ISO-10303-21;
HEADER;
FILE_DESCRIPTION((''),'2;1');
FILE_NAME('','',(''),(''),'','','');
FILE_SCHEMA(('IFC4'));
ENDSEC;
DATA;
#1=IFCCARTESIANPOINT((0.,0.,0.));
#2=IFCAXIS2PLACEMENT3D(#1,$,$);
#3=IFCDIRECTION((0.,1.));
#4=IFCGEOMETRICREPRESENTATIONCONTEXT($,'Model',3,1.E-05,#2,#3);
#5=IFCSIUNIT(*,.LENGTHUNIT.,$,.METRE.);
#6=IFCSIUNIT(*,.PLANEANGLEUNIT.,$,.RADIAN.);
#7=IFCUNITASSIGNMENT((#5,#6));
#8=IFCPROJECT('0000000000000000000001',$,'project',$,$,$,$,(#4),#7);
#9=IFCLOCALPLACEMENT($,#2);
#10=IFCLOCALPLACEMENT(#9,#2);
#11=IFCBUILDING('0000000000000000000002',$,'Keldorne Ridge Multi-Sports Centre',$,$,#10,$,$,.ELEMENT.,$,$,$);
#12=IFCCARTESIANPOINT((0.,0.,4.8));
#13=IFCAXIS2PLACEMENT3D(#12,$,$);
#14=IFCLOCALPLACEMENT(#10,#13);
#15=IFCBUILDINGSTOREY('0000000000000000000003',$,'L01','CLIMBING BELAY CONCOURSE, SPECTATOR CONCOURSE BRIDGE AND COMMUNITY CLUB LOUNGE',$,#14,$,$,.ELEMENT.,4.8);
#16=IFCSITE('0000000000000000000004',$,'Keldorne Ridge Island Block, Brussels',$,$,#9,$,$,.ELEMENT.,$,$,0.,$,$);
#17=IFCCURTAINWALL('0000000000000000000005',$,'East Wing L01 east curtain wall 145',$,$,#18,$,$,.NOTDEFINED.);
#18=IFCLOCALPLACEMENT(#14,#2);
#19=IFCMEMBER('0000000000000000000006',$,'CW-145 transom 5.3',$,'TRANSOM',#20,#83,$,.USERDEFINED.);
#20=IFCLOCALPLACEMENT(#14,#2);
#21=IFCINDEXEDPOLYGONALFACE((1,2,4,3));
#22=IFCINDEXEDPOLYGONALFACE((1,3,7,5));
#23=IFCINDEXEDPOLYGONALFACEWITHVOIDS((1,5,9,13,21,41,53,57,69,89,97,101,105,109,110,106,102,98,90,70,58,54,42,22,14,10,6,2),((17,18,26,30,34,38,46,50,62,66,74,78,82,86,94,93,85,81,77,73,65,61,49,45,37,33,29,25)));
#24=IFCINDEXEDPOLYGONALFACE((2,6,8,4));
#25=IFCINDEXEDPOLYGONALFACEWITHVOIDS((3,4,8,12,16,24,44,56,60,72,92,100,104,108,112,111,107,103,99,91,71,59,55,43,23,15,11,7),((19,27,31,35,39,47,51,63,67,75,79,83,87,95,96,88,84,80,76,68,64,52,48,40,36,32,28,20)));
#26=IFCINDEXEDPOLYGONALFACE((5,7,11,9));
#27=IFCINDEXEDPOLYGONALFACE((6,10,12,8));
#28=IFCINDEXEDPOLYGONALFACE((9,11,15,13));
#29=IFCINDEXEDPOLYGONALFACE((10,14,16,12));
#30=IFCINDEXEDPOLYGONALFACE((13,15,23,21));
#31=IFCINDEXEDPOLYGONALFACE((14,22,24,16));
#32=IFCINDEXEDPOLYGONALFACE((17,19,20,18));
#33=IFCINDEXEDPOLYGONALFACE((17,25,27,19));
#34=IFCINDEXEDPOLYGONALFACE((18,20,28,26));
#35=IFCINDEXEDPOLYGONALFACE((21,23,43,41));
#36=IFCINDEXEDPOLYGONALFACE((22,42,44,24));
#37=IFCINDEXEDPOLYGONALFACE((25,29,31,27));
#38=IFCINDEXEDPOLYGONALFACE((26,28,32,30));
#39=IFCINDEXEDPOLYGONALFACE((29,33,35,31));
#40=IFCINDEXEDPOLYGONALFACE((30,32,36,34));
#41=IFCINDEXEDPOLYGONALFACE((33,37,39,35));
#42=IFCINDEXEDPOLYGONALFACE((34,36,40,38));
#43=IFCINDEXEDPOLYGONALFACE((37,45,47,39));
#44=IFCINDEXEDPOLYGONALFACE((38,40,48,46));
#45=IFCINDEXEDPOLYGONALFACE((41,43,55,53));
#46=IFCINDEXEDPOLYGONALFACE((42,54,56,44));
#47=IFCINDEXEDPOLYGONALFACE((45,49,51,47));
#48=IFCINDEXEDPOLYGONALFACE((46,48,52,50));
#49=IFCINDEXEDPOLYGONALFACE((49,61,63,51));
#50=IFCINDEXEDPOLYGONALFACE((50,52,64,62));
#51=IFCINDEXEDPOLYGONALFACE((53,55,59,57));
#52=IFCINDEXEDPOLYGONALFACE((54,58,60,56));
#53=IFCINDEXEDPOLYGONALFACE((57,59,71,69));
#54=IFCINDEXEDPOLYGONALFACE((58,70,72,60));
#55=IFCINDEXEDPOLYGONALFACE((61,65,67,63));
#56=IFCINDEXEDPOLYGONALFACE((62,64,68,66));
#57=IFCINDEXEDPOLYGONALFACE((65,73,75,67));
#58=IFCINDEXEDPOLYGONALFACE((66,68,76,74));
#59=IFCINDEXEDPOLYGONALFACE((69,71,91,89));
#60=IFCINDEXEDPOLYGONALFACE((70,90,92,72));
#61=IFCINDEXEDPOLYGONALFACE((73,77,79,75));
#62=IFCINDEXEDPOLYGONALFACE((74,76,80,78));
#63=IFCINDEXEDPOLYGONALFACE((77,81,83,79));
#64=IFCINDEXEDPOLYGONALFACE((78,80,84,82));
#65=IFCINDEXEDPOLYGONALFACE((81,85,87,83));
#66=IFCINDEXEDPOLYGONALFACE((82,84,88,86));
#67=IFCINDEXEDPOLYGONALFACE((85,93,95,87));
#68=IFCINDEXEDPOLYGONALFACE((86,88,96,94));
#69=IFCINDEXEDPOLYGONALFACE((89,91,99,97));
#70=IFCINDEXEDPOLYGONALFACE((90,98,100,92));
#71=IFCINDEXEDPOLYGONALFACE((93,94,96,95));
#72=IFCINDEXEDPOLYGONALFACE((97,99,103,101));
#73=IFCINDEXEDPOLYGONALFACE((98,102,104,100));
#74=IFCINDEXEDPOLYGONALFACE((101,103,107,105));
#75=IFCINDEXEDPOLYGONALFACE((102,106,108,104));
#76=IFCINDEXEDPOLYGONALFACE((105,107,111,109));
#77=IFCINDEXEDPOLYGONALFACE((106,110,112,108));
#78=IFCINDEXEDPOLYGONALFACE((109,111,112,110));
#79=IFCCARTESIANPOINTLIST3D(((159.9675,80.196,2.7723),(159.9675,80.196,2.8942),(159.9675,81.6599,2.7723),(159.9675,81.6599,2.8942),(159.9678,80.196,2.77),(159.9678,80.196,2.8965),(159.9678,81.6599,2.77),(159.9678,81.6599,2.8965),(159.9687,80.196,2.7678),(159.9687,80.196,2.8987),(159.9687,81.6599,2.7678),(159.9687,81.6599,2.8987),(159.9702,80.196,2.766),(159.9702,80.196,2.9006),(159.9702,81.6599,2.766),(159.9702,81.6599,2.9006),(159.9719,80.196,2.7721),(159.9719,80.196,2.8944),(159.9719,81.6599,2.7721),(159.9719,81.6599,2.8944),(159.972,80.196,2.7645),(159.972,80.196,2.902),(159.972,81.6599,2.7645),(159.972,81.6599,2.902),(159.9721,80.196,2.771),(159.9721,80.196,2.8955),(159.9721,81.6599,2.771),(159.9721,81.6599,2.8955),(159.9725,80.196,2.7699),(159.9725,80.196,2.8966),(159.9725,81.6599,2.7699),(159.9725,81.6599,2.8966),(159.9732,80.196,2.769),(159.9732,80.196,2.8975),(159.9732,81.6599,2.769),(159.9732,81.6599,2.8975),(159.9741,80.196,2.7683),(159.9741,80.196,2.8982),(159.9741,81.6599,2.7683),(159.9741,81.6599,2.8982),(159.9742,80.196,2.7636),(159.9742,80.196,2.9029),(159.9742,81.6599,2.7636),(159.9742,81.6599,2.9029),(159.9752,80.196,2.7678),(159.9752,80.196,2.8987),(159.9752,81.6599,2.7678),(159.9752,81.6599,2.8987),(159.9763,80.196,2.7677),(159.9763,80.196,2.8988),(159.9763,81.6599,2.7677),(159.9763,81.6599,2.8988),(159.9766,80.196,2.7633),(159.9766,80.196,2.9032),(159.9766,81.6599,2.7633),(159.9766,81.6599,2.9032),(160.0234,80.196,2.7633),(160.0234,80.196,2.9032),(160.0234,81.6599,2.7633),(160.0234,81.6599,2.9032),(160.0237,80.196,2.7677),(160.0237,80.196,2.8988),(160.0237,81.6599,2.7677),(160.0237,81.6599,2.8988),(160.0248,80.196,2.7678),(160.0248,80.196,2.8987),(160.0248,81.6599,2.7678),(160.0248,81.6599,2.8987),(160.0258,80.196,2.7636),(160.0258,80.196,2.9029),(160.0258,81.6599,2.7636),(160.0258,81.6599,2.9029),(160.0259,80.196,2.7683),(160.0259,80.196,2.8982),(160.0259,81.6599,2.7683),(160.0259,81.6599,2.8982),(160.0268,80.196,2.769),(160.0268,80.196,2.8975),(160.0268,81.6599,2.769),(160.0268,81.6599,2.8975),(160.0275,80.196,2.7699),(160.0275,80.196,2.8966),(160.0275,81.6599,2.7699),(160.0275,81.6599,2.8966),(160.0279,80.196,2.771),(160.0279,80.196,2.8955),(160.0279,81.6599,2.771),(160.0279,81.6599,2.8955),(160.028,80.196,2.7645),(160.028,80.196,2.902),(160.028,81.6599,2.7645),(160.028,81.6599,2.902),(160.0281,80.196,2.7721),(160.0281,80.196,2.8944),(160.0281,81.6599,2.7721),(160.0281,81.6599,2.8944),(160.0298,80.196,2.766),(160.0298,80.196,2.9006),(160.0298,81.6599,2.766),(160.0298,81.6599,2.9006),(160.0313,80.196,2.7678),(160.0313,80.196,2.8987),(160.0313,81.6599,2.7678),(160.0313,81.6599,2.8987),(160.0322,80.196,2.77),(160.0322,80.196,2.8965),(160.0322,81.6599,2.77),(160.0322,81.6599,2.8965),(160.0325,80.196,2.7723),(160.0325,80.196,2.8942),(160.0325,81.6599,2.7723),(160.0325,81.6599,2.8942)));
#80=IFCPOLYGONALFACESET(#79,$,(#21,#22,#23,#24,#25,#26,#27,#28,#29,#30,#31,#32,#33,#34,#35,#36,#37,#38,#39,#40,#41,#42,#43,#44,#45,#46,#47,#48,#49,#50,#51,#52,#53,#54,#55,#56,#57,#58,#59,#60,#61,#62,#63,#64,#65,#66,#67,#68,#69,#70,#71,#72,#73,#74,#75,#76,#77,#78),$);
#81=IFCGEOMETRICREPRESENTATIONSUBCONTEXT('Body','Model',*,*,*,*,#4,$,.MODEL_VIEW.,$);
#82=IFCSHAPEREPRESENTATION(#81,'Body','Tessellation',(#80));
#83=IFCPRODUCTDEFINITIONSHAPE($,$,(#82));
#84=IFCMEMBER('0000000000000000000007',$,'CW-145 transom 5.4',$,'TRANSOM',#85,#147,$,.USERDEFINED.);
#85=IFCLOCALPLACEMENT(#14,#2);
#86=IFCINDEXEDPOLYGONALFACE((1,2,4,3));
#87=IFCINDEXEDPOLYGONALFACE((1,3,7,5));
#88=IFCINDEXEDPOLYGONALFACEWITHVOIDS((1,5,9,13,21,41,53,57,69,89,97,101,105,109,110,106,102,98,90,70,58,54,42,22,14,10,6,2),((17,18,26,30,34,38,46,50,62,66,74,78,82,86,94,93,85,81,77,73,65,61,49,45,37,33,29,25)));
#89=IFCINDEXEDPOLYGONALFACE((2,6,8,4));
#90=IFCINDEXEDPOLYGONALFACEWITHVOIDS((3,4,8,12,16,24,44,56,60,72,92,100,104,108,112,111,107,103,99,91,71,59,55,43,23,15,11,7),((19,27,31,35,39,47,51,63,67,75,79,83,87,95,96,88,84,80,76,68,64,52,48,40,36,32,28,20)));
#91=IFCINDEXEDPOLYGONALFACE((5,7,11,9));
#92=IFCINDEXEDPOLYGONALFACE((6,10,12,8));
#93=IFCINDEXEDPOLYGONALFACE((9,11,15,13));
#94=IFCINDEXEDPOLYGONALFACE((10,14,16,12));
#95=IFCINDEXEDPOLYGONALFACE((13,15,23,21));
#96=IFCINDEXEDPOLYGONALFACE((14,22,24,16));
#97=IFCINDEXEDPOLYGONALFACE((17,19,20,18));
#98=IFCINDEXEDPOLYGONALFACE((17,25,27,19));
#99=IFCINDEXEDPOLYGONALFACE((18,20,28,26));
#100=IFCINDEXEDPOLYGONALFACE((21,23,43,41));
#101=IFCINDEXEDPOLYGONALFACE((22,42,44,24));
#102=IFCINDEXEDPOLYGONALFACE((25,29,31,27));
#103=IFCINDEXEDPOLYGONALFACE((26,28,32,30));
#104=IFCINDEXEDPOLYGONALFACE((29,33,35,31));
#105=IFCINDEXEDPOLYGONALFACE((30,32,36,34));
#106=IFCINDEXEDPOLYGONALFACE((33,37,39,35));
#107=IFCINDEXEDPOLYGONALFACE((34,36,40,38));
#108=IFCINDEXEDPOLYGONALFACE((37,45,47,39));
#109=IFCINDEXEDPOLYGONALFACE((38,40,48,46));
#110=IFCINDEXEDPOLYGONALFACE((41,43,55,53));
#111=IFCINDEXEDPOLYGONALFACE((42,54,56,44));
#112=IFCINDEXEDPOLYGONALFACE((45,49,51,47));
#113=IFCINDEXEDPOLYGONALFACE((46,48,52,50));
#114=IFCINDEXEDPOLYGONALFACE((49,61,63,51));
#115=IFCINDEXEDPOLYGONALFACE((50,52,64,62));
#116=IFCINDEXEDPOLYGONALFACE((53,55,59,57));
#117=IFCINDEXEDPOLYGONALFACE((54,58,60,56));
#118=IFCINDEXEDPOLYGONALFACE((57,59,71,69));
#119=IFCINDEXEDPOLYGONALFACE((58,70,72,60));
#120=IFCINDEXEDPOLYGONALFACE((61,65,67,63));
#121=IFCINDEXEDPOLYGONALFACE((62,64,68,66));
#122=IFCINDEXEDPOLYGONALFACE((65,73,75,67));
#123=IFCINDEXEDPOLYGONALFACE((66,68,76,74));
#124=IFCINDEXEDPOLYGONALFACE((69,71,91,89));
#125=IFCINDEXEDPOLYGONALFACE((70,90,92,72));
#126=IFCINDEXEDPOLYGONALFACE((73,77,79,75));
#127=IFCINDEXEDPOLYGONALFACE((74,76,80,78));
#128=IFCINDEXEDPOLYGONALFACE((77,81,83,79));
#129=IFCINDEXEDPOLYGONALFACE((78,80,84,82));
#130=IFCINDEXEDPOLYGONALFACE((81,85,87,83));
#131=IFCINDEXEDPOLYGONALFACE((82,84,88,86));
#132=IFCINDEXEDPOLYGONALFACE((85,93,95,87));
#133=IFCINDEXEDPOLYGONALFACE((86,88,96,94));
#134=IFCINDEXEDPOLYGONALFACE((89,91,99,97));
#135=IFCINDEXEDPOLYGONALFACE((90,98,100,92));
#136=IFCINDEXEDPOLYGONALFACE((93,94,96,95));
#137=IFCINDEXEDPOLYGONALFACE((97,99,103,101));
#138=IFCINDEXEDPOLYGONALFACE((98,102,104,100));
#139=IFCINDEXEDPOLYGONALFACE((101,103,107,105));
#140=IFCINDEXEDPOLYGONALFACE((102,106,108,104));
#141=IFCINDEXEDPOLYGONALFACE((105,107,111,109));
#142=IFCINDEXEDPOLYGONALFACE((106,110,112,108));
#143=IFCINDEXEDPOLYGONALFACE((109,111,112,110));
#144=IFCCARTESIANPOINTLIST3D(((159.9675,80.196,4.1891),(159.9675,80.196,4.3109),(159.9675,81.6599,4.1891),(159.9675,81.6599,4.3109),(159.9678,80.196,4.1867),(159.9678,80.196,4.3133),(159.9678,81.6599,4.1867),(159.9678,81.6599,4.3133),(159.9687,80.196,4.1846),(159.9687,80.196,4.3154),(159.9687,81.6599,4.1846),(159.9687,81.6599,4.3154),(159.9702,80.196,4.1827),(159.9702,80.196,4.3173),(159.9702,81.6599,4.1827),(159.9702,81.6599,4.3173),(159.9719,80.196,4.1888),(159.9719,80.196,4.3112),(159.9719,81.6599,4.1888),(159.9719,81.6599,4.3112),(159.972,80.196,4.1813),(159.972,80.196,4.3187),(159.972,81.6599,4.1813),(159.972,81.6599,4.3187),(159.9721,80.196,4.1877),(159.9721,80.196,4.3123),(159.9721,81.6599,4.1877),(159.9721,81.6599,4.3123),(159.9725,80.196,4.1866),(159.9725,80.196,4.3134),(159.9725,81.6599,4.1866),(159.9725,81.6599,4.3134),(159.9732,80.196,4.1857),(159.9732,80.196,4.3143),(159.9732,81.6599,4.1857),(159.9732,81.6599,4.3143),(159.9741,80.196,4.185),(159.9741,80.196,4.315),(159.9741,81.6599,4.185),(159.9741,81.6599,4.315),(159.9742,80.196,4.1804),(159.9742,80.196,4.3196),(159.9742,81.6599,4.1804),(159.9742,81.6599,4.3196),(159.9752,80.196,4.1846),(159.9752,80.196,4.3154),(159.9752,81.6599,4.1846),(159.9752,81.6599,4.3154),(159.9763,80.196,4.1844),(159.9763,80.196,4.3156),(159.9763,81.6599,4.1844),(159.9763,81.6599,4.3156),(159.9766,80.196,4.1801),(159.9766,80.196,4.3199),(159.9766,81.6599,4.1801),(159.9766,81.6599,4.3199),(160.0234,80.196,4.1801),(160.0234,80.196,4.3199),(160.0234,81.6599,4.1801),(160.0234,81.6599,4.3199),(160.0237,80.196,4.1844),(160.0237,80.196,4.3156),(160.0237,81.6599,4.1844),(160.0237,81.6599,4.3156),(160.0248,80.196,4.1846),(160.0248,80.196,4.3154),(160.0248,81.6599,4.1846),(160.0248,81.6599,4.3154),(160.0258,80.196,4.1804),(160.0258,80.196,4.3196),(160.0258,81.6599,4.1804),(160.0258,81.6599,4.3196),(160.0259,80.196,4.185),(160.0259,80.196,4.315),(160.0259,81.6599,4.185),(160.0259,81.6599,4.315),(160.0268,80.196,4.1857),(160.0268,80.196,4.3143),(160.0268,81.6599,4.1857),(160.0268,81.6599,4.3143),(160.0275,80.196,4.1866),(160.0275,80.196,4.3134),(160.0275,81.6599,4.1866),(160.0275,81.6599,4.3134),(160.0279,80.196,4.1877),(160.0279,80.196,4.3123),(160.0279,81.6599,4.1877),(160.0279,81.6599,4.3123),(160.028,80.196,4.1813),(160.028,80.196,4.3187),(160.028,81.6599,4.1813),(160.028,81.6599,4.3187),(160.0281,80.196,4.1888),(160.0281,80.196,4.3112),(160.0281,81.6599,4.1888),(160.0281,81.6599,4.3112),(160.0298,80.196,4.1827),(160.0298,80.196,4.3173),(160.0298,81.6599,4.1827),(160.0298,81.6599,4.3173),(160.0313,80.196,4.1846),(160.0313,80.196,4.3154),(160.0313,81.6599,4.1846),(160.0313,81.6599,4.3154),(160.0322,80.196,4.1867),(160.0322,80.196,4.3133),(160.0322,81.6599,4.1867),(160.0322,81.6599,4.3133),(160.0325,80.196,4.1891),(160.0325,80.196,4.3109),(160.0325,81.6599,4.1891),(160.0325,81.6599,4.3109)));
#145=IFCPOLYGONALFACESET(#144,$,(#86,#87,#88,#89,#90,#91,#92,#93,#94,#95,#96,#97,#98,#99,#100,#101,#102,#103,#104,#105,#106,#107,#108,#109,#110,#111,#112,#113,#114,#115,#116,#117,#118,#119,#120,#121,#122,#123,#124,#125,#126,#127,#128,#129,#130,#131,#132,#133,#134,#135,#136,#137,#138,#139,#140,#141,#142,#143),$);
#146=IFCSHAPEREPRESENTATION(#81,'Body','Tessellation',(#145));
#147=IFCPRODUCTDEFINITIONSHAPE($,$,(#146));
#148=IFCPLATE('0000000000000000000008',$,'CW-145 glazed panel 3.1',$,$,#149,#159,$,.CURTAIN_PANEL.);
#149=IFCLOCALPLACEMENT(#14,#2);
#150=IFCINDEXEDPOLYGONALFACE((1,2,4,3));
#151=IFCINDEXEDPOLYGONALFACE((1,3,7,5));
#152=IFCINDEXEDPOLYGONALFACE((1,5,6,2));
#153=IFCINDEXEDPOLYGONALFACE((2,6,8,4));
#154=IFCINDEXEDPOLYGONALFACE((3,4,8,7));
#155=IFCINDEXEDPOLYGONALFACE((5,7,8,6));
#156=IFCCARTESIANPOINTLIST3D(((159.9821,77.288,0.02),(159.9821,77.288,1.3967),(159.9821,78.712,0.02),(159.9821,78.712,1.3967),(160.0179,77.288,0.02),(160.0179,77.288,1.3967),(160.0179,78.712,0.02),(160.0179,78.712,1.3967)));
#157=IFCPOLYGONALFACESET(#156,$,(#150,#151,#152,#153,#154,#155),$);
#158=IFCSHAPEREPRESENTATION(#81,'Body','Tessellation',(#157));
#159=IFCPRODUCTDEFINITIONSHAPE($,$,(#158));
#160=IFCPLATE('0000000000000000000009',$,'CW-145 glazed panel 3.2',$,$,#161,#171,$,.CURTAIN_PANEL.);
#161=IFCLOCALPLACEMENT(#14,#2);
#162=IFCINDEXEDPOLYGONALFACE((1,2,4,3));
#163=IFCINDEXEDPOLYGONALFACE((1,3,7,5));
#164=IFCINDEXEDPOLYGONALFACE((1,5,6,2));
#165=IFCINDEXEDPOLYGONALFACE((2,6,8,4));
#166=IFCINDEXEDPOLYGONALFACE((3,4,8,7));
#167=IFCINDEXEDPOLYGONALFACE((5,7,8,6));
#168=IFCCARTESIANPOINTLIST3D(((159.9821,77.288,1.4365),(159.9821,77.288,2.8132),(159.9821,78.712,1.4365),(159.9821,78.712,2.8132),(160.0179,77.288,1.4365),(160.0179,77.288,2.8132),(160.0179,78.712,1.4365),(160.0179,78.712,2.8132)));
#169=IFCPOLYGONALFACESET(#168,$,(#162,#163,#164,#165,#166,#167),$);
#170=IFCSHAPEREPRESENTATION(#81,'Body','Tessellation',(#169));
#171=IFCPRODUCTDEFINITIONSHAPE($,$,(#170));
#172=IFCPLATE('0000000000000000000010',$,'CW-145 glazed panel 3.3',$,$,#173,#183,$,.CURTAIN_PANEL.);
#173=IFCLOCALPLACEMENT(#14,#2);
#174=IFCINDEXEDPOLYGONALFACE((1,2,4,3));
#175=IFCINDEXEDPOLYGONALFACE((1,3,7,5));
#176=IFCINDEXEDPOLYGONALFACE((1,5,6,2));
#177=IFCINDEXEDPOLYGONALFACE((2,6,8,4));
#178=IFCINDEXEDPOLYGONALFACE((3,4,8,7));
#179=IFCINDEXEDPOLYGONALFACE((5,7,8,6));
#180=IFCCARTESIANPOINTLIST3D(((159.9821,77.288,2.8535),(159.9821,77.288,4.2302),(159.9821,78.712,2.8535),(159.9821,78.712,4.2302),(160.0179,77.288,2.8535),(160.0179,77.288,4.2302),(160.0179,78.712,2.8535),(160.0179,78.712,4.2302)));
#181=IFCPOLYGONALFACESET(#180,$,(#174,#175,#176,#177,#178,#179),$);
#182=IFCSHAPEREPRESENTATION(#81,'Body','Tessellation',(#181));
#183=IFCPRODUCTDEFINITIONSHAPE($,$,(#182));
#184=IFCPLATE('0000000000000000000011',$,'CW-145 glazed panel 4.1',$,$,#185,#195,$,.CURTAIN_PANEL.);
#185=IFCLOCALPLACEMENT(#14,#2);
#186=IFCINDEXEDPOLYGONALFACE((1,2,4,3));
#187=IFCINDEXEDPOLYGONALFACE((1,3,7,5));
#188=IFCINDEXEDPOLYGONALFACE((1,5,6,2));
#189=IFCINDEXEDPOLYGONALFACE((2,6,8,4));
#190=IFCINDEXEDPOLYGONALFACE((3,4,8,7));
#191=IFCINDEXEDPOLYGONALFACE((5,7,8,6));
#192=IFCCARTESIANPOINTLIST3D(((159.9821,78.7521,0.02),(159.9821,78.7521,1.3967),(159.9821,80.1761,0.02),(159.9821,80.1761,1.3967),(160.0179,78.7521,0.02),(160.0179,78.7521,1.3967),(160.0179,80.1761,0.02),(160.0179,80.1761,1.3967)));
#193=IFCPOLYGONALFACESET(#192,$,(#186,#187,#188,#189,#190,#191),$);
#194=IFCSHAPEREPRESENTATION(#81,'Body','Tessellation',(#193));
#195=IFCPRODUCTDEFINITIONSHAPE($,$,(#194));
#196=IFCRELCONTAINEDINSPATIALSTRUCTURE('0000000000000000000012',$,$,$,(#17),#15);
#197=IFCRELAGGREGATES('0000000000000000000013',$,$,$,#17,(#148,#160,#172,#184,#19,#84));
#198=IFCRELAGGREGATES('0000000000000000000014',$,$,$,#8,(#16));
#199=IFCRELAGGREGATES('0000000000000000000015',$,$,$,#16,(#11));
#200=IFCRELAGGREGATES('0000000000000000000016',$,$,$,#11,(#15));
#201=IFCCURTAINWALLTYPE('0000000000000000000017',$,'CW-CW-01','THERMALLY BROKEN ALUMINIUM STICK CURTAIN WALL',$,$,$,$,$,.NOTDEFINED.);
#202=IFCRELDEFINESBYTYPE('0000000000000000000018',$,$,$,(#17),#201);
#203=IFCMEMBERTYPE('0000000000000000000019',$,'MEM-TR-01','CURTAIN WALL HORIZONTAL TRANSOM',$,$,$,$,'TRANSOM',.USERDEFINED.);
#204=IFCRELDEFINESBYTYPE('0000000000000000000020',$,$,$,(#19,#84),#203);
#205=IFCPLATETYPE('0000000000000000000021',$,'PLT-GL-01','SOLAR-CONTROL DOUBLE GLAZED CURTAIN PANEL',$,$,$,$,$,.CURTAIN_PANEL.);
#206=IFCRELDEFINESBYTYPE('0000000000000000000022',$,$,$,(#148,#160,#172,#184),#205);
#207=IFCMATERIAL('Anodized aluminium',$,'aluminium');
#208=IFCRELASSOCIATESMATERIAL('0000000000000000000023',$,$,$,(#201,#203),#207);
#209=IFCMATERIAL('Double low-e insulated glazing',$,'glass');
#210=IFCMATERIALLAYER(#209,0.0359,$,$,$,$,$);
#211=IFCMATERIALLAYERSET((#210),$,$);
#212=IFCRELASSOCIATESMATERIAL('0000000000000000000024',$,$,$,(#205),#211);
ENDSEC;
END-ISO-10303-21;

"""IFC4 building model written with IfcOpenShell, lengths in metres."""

from ifc_helpers import new_model, si_unit, direction, frame, origin, origin_2d, place, context, subcontext, project, spatial, rectangle, hollow_rectangle, extrude, material, layer, layer_set, material_profile, profile_set, type_object, element, aggregate, save


model = new_model("IFC4")

# Units and contexts
model_context = context("Model", 3, precision=1e-05, world=origin(), true_north=direction((0.0, 1.0)))
body_context = subcontext(model_context, "Body", "Model", "MODEL_VIEW")
ifc_project = project(units=[si_unit("LENGTHUNIT", "METRE"), si_unit("PLANEANGLEUNIT", "RADIAN")], contexts=[model_context])

# Site, building, storey
site_placement = place(None, origin())
site = spatial("IfcSite", under=ifc_project, at=site_placement, Name="Keldorne Ridge Island Block, Brussels", CompositionType="ELEMENT", RefElevation=0.0)
building_placement = place(site_placement, origin())
building = spatial("IfcBuilding", under=site, at=building_placement, Name="Keldorne Ridge Multi-Sports Centre", CompositionType="ELEMENT")
storey_placement = place(building_placement, frame((0.0, 0.0, 4.8)))
storey = spatial("IfcBuildingStorey", under=building, at=storey_placement, Name="L01", Description="CLIMBING BELAY CONCOURSE, SPECTATOR CONCOURSE BRIDGE AND COMMUNITY CLUB LOUNGE", CompositionType="ELEMENT", Elevation=4.8)

# Curtain wall, members, plates
ifc_material_1 = material(Name="Anodized aluminium", Category="aluminium")
curtain_wall_type = type_object("IfcCurtainWallType", Name="CW-CW-01", Description="THERMALLY BROKEN ALUMINIUM STICK CURTAIN WALL", PredefinedType="NOTDEFINED", material=ifc_material_1)
curtain_wall_placement = place(storey_placement, origin())
curtain_wall = element("IfcCurtainWall", 1, at=curtain_wall_placement, inside=storey, type_object=curtain_wall_type, Name="East Wing L01 east curtain wall 145", PredefinedType="NOTDEFINED")
ifc_material_profile_1 = material_profile(ifc_material_1, hollow_rectangle(XDim=0.0649, YDim=0.1399, WallThickness=0.0044, InnerFilletRadius=0.0044, OuterFilletRadius=0.009, at=origin_2d()), Name="ALU TRANSOM 140x65x4.5")
ifc_profile_set_1 = profile_set([ifc_material_profile_1], Name="Anodized aluminium")
member_type_1 = type_object("IfcMemberType", Name="MEM-TR-01", Description="CURTAIN WALL HORIZONTAL TRANSOM", ElementType="TRANSOM", PredefinedType="USERDEFINED", material=ifc_profile_set_1)
member_1_placement = place(storey_placement, frame((160.0, 80.196, 2.8333), z_axis=(0.0, 1.0, 0.0), x_axis=(-1.0, 0.0, 0.0)))
member_1 = element("IfcMember", 2, at=member_1_placement, type_object=member_type_1, Name="CW-145 transom 5.3", ObjectType="TRANSOM", PredefinedType="USERDEFINED", context=body_context, shape_type="SweptSolid", body=[
    extrude(hollow_rectangle(XDim=0.0649, YDim=0.1399, WallThickness=0.0044, InnerFilletRadius=0.0044, OuterFilletRadius=0.009, at=origin_2d()), origin(), (0.0, 0.0, 1.0), 1.4639),
])
member_2_placement = place(storey_placement, frame((160.0, 80.196, 4.25), z_axis=(0.0, 1.0, 0.0), x_axis=(-1.0, 0.0, 0.0)))
member_2 = element("IfcMember", 3, at=member_2_placement, type_object=member_type_1, Name="CW-145 transom 5.4", ObjectType="TRANSOM", PredefinedType="USERDEFINED", context=body_context, shape_type="SweptSolid", body=[
    extrude(hollow_rectangle(XDim=0.0649, YDim=0.1399, WallThickness=0.0044, InnerFilletRadius=0.0044, OuterFilletRadius=0.009, at=origin_2d()), origin(), (0.0, 0.0, 1.0), 1.4639),
])
ifc_material_2 = material(Name="Double low-e insulated glazing", Category="glass")
ifc_layer_1 = layer(ifc_material_2, 0.0359)
ifc_layer_set_1 = layer_set([ifc_layer_1])
plate_type = type_object("IfcPlateType", Name="PLT-GL-01", Description="SOLAR-CONTROL DOUBLE GLAZED CURTAIN PANEL", PredefinedType="CURTAIN_PANEL", material=ifc_layer_set_1)
plate_1_placement = place(storey_placement, frame((160.0, 78.0, 0.02), z_axis=(0.0, 0.0, 1.0), x_axis=(0.0, 1.0, 0.0)))
plate_1 = element("IfcPlate", 4, at=plate_1_placement, type_object=plate_type, Name="CW-145 glazed panel 3.1", PredefinedType="CURTAIN_PANEL", context=body_context, shape_type="SweptSolid", body=[
    extrude(rectangle(XDim=1.4241, YDim=0.0359, at=origin_2d()), origin(), (0.0, 0.0, 1.0), 1.3767),
])
plate_2_placement = place(storey_placement, frame((160.0, 78.0, 1.4365), z_axis=(0.0, 0.0, 1.0), x_axis=(0.0, 1.0, 0.0)))
plate_2 = element("IfcPlate", 5, at=plate_2_placement, type_object=plate_type, Name="CW-145 glazed panel 3.2", PredefinedType="CURTAIN_PANEL", context=body_context, shape_type="SweptSolid", body=[
    extrude(rectangle(XDim=1.4241, YDim=0.0359, at=origin_2d()), origin(), (0.0, 0.0, 1.0), 1.3767),
])
plate_3_placement = place(storey_placement, frame((160.0, 78.0, 2.8535), z_axis=(0.0, 0.0, 1.0), x_axis=(0.0, 1.0, 0.0)))
plate_3 = element("IfcPlate", 6, at=plate_3_placement, type_object=plate_type, Name="CW-145 glazed panel 3.3", PredefinedType="CURTAIN_PANEL", context=body_context, shape_type="SweptSolid", body=[
    extrude(rectangle(XDim=1.4241, YDim=0.0359, at=origin_2d()), origin(), (0.0, 0.0, 1.0), 1.3767),
])
plate_4_placement = place(storey_placement, frame((160.0, 79.4641, 0.02), z_axis=(0.0, 0.0, 1.0), x_axis=(0.0, 1.0, 0.0)))
plate_4 = element("IfcPlate", 7, at=plate_4_placement, type_object=plate_type, Name="CW-145 glazed panel 4.1", PredefinedType="CURTAIN_PANEL", context=body_context, shape_type="SweptSolid", body=[
    extrude(rectangle(XDim=1.4241, YDim=0.0359, at=origin_2d()), origin(), (0.0, 0.0, 1.0), 1.3767),
])
aggregate(curtain_wall, [plate_1, plate_2, plate_3, plate_4, member_1, member_2])

save(model, "model.ifc")
